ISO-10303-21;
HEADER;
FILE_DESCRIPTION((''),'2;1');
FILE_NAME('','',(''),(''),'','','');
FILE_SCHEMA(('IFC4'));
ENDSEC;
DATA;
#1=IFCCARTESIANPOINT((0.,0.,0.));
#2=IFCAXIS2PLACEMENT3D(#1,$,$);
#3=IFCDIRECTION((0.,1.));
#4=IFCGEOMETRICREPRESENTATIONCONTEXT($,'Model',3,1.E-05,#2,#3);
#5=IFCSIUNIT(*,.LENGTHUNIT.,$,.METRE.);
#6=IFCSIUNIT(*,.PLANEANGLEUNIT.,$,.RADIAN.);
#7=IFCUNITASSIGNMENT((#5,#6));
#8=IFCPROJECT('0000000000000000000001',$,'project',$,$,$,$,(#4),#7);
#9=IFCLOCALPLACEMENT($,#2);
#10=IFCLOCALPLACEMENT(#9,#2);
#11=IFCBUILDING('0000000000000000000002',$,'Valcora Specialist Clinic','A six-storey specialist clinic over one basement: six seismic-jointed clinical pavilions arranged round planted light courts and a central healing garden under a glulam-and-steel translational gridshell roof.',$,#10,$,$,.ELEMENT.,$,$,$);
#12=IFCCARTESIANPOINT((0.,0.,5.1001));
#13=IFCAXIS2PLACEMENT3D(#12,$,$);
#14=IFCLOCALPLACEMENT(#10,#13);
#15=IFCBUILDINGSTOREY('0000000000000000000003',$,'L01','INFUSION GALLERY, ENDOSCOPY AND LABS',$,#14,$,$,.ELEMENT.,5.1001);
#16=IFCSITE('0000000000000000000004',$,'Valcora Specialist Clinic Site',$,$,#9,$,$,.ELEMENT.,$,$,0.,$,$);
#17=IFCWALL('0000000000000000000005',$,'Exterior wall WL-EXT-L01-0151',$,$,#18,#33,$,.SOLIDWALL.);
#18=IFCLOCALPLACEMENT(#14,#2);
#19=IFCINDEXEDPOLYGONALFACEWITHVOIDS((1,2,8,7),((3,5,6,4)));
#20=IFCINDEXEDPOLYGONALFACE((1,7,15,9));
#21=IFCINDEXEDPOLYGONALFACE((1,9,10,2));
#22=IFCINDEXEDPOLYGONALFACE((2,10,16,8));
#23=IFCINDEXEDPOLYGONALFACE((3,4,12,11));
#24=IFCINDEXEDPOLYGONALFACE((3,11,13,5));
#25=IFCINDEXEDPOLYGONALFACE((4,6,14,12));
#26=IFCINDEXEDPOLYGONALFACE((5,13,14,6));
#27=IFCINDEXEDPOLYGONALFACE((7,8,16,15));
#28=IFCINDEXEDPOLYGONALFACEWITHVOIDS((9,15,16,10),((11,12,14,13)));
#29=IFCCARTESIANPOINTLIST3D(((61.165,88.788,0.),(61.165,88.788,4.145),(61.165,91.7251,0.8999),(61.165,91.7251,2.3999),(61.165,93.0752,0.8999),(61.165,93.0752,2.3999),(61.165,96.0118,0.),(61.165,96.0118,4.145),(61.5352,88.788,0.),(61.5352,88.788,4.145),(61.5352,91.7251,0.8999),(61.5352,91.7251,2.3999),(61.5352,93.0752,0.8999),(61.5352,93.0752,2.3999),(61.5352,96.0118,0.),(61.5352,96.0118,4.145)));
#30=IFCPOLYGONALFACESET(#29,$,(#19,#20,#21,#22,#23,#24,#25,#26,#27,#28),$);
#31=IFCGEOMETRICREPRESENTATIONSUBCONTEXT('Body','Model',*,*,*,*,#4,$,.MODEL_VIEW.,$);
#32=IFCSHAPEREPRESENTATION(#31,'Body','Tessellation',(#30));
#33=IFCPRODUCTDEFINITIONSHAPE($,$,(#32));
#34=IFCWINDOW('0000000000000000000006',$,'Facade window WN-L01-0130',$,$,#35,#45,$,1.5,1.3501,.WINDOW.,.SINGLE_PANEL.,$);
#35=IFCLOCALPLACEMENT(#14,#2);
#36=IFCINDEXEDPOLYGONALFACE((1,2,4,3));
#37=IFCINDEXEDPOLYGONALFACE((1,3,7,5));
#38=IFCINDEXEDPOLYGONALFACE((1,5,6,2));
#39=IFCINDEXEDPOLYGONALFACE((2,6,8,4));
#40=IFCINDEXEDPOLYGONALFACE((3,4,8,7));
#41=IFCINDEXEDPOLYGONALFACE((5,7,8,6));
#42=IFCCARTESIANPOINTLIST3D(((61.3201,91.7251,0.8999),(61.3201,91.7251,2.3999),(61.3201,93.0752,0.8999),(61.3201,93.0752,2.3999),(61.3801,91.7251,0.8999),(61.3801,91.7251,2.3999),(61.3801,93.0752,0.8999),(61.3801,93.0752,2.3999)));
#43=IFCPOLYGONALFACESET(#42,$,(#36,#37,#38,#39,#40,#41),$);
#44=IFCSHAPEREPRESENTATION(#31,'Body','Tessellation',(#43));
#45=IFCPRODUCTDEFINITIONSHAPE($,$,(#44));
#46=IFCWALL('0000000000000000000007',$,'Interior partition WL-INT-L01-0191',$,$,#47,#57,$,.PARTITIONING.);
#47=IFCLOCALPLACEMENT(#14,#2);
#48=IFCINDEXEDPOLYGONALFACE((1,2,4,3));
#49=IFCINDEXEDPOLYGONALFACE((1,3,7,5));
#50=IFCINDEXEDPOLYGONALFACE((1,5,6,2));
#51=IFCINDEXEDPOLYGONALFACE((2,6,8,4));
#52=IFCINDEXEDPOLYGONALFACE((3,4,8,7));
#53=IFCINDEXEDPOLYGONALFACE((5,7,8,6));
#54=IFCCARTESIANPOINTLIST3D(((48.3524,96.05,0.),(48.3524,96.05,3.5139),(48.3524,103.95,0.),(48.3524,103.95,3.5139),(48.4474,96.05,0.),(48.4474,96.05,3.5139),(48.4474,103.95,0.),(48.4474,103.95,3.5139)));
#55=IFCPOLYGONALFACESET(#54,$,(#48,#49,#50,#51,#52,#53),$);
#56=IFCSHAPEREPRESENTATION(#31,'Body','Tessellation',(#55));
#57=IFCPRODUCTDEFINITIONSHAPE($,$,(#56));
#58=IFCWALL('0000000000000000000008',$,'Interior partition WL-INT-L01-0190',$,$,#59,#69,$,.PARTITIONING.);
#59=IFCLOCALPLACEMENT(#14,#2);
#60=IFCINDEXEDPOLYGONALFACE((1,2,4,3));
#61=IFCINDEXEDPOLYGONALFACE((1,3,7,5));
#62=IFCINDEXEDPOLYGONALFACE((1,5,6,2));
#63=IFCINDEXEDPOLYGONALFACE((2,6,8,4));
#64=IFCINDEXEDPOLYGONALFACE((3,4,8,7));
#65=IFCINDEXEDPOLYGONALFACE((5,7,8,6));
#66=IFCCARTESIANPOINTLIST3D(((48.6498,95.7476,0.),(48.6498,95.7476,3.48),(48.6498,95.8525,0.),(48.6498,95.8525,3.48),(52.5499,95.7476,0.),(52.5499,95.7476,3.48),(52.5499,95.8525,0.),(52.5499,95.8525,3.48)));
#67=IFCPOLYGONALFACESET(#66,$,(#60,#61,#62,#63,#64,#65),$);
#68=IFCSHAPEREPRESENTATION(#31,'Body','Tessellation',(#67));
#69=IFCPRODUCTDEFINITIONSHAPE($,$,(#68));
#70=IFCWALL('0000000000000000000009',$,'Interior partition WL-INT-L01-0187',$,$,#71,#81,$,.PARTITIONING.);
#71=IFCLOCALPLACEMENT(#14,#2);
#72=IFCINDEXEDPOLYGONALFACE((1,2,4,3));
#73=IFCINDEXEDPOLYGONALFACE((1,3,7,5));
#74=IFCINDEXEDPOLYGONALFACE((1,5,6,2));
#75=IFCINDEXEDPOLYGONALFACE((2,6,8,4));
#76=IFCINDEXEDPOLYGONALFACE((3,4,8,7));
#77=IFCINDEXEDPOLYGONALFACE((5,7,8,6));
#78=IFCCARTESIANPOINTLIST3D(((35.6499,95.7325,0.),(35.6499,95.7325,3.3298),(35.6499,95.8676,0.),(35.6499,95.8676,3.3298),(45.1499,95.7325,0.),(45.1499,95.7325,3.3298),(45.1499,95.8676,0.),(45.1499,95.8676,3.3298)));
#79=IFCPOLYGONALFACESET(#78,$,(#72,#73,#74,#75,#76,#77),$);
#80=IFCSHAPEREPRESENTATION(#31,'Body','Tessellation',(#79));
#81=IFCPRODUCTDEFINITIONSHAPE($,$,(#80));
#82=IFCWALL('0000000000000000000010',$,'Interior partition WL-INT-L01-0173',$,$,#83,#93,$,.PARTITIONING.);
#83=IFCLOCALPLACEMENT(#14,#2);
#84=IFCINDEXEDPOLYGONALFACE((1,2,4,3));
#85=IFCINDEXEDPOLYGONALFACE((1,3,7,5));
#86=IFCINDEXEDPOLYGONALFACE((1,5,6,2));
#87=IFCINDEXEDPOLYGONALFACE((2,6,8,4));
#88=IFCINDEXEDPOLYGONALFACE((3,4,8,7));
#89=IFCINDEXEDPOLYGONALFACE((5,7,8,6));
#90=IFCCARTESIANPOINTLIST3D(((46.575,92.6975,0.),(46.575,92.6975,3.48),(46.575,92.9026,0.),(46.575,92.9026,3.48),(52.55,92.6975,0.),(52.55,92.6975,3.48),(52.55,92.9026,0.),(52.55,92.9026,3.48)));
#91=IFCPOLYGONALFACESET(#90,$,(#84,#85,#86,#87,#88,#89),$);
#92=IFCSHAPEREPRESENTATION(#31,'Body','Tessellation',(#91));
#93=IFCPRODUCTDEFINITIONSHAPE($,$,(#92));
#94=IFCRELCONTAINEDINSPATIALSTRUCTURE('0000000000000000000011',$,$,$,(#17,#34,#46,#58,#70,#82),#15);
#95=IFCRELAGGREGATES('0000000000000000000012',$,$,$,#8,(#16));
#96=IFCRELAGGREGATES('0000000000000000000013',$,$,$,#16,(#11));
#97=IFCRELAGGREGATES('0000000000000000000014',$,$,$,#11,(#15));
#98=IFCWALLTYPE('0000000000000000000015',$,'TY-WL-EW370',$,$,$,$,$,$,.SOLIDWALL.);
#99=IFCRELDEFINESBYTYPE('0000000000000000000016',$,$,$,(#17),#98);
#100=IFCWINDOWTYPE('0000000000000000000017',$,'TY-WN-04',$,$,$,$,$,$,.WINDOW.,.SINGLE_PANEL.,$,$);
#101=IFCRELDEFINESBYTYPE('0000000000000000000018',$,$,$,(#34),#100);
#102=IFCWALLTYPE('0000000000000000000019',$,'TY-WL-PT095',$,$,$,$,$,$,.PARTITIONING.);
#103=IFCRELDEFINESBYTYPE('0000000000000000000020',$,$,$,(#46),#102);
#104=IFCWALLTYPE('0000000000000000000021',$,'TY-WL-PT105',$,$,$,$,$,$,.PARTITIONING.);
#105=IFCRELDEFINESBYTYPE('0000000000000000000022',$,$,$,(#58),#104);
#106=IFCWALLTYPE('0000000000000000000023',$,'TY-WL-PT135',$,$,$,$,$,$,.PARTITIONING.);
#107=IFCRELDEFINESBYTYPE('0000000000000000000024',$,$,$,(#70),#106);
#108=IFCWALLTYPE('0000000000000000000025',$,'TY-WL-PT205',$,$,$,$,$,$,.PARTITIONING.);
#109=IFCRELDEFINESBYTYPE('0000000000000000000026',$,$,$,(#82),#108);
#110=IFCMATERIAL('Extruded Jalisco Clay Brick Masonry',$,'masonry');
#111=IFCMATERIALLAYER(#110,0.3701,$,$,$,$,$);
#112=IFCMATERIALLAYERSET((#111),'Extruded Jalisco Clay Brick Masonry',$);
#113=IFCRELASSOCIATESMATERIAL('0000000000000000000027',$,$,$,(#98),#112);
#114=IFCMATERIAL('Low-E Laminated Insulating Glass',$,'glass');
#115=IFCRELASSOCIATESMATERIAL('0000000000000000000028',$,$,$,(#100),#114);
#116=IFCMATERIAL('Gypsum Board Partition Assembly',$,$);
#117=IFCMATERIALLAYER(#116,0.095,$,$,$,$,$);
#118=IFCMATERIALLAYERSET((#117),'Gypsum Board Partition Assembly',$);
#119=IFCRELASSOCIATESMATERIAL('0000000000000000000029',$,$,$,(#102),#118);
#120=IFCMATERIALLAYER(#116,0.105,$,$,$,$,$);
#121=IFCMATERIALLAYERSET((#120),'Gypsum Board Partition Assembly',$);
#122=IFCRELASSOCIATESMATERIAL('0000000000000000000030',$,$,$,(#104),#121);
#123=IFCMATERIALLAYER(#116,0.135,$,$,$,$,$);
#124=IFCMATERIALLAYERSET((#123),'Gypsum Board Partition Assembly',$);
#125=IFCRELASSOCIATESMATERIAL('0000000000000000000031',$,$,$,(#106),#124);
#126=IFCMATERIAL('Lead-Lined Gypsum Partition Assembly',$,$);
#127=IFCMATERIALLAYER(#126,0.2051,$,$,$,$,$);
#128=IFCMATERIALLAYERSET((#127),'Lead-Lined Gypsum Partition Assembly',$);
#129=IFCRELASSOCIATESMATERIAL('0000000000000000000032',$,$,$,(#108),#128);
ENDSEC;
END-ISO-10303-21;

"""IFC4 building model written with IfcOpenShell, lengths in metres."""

from ifc_helpers import new_model, si_unit, direction, frame, frame_2d, origin, place, context, subcontext, project, spatial, rectangle, extrude, material, layer, layer_set, type_object, element, fill, save


model = new_model("IFC4")

# Units and contexts
model_context = context("Model", 3, precision=1e-05, world=origin(), true_north=direction((0.0, 1.0)))
body_context = subcontext(model_context, "Body", "Model", "MODEL_VIEW")
ifc_project = project(units=[si_unit("LENGTHUNIT", "METRE"), si_unit("PLANEANGLEUNIT", "RADIAN")], contexts=[model_context])

# Site, building, storey
site_placement = place(None, origin())
site = spatial("IfcSite", under=ifc_project, at=site_placement, Name="Valcora Specialist Clinic Site", CompositionType="ELEMENT", RefElevation=0.0)
building_placement = place(site_placement, origin())
building = spatial("IfcBuilding", under=site, at=building_placement, Name="Valcora Specialist Clinic", Description="A six-storey specialist clinic over one basement: six seismic-jointed clinical pavilions arranged round planted light courts and a central healing garden under a glulam-and-steel translational gridshell roof.", CompositionType="ELEMENT")
storey_placement = place(building_placement, frame((0.0, 0.0, 5.1001)))
storey = spatial("IfcBuildingStorey", under=building, at=storey_placement, Name="L01", Description="INFUSION GALLERY, ENDOSCOPY AND LABS", CompositionType="ELEMENT", Elevation=5.1001)

# Wall, opening, window
ifc_material_1 = material(Name="Extruded Jalisco Clay Brick Masonry", Category="masonry")
ifc_material_2 = material(Name="Low-E Laminated Insulating Glass", Category="glass")
ifc_layer_1 = layer(ifc_material_1, 0.3701)
ifc_layer_set_1 = layer_set([ifc_layer_1], Name="Extruded Jalisco Clay Brick Masonry")
wall_type_1 = type_object("IfcWallType", Name="TY-WL-EW370", PredefinedType="SOLIDWALL", material=ifc_layer_set_1)
wall_1_placement = place(storey_placement, frame((61.3501, 88.7881, 0.0), z_axis=(0.0, 0.0, 1.0), x_axis=(0.0, 1.0, 0.0)))
wall_1 = element("IfcWall", 1, at=wall_1_placement, inside=storey, type_object=wall_type_1, Name="Exterior wall WL-EXT-L01-0151", PredefinedType="SOLIDWALL", context=body_context, shape_type="SweptSolid", body=[
    extrude(rectangle(XDim=7.2239, YDim=0.3701, at=frame_2d((3.6118, 0.0))), origin(), (0.0, 0.0, 1.0), 4.145),
])
opening_1_placement = place(wall_1_placement, frame((2.937, 0.0, 0.8999)))
opening_1 = element("IfcOpeningElement", 2, at=opening_1_placement, cuts=wall_1, PredefinedType="OPENING", context=body_context, shape_type="SweptSolid", body=[
    extrude(rectangle(XDim=1.3501, YDim=1.5, at=frame_2d((0.675, 0.75))), frame((0.0, 0.1951, 0.0), z_axis=(0.0, -1.0, 0.0), x_axis=(1.0, 0.0, 0.0)), (0.0, 0.0, 1.0), 0.3901),
])
window_type_1 = type_object("IfcWindowType", Name="TY-WN-04", PartitioningType="SINGLE_PANEL", PredefinedType="WINDOW", material=ifc_material_2)
window_1_placement = place(opening_1_placement, origin())
window_1 = element("IfcWindow", 3, at=window_1_placement, inside=storey, type_object=window_type_1, Name="Facade window WN-L01-0130", OverallHeight=1.5, OverallWidth=1.3501, PartitioningType="SINGLE_PANEL", PredefinedType="WINDOW", context=body_context, shape_type="SweptSolid", body=[
    extrude(rectangle(XDim=1.3501, YDim=1.5, at=frame_2d((0.675, 0.75))), frame((0.0, 0.03, 0.0), z_axis=(0.0, -1.0, 0.0), x_axis=(1.0, 0.0, 0.0)), (0.0, 0.0, 1.0), 0.0601),
])
fill(opening_1, window_1)

# Walls
ifc_material_3 = material(Name="Gypsum Board Partition Assembly")
ifc_layer_2 = layer(ifc_material_3, 0.095)
ifc_layer_set_2 = layer_set([ifc_layer_2], Name="Gypsum Board Partition Assembly")
wall_type_2 = type_object("IfcWallType", Name="TY-WL-PT095", PredefinedType="PARTITIONING", material=ifc_layer_set_2)
wall_2_placement = place(storey_placement, frame((48.3999, 96.05, 0.0), z_axis=(0.0, 0.0, 1.0), x_axis=(0.0, 1.0, 0.0)))
element("IfcWall", 4, at=wall_2_placement, inside=storey, type_object=wall_type_2, Name="Interior partition WL-INT-L01-0191", PredefinedType="PARTITIONING", context=body_context, shape_type="SweptSolid", body=[
    extrude(rectangle(XDim=7.8999, YDim=0.095, at=frame_2d((3.95, 0.0))), origin(), (0.0, 0.0, 1.0), 3.5139),
])
ifc_layer_3 = layer(ifc_material_3, 0.105)
ifc_layer_set_3 = layer_set([ifc_layer_3], Name="Gypsum Board Partition Assembly")
wall_type_3 = type_object("IfcWallType", Name="TY-WL-PT105", PredefinedType="PARTITIONING", material=ifc_layer_set_3)
wall_3_placement = place(storey_placement, frame((52.55, 95.8, 0.0), z_axis=(0.0, 0.0, 1.0), x_axis=(-1.0, 0.0, 0.0)))
element("IfcWall", 5, at=wall_3_placement, inside=storey, type_object=wall_type_3, Name="Interior partition WL-INT-L01-0190", PredefinedType="PARTITIONING", context=body_context, shape_type="SweptSolid", body=[
    extrude(rectangle(XDim=3.9001, YDim=0.105, at=frame_2d((1.9502, 0.0))), origin(), (0.0, 0.0, 1.0), 3.48),
])
ifc_layer_4 = layer(ifc_material_3, 0.135)
ifc_layer_set_4 = layer_set([ifc_layer_4], Name="Gypsum Board Partition Assembly")
wall_type_4 = type_object("IfcWallType", Name="TY-WL-PT135", PredefinedType="PARTITIONING", material=ifc_layer_set_4)
wall_4_placement = place(storey_placement, frame((45.1499, 95.8, 0.0), z_axis=(0.0, 0.0, 1.0), x_axis=(-1.0, 0.0, 0.0)))
element("IfcWall", 6, at=wall_4_placement, inside=storey, type_object=wall_type_4, Name="Interior partition WL-INT-L01-0187", PredefinedType="PARTITIONING", context=body_context, shape_type="SweptSolid", body=[
    extrude(rectangle(XDim=9.5, YDim=0.135, at=frame_2d((4.75, 0.0))), origin(), (0.0, 0.0, 1.0), 3.3298),
])
ifc_material_4 = material(Name="Lead-Lined Gypsum Partition Assembly")
ifc_layer_5 = layer(ifc_material_4, 0.2051)
ifc_layer_set_5 = layer_set([ifc_layer_5], Name="Lead-Lined Gypsum Partition Assembly")
wall_type_5 = type_object("IfcWallType", Name="TY-WL-PT205", PredefinedType="PARTITIONING", material=ifc_layer_set_5)
wall_5_placement = place(storey_placement, frame((46.575, 92.8, 0.0), z_axis=(0.0, 0.0, 1.0), x_axis=(1.0, 0.0, 0.0)))
element("IfcWall", 7, at=wall_5_placement, inside=storey, type_object=wall_type_5, Name="Interior partition WL-INT-L01-0173", PredefinedType="PARTITIONING", context=body_context, shape_type="SweptSolid", body=[
    extrude(rectangle(XDim=5.9751, YDim=0.2051, at=frame_2d((2.9875, 0.0))), origin(), (0.0, 0.0, 1.0), 3.48),
])

save(model, "model.ifc")
